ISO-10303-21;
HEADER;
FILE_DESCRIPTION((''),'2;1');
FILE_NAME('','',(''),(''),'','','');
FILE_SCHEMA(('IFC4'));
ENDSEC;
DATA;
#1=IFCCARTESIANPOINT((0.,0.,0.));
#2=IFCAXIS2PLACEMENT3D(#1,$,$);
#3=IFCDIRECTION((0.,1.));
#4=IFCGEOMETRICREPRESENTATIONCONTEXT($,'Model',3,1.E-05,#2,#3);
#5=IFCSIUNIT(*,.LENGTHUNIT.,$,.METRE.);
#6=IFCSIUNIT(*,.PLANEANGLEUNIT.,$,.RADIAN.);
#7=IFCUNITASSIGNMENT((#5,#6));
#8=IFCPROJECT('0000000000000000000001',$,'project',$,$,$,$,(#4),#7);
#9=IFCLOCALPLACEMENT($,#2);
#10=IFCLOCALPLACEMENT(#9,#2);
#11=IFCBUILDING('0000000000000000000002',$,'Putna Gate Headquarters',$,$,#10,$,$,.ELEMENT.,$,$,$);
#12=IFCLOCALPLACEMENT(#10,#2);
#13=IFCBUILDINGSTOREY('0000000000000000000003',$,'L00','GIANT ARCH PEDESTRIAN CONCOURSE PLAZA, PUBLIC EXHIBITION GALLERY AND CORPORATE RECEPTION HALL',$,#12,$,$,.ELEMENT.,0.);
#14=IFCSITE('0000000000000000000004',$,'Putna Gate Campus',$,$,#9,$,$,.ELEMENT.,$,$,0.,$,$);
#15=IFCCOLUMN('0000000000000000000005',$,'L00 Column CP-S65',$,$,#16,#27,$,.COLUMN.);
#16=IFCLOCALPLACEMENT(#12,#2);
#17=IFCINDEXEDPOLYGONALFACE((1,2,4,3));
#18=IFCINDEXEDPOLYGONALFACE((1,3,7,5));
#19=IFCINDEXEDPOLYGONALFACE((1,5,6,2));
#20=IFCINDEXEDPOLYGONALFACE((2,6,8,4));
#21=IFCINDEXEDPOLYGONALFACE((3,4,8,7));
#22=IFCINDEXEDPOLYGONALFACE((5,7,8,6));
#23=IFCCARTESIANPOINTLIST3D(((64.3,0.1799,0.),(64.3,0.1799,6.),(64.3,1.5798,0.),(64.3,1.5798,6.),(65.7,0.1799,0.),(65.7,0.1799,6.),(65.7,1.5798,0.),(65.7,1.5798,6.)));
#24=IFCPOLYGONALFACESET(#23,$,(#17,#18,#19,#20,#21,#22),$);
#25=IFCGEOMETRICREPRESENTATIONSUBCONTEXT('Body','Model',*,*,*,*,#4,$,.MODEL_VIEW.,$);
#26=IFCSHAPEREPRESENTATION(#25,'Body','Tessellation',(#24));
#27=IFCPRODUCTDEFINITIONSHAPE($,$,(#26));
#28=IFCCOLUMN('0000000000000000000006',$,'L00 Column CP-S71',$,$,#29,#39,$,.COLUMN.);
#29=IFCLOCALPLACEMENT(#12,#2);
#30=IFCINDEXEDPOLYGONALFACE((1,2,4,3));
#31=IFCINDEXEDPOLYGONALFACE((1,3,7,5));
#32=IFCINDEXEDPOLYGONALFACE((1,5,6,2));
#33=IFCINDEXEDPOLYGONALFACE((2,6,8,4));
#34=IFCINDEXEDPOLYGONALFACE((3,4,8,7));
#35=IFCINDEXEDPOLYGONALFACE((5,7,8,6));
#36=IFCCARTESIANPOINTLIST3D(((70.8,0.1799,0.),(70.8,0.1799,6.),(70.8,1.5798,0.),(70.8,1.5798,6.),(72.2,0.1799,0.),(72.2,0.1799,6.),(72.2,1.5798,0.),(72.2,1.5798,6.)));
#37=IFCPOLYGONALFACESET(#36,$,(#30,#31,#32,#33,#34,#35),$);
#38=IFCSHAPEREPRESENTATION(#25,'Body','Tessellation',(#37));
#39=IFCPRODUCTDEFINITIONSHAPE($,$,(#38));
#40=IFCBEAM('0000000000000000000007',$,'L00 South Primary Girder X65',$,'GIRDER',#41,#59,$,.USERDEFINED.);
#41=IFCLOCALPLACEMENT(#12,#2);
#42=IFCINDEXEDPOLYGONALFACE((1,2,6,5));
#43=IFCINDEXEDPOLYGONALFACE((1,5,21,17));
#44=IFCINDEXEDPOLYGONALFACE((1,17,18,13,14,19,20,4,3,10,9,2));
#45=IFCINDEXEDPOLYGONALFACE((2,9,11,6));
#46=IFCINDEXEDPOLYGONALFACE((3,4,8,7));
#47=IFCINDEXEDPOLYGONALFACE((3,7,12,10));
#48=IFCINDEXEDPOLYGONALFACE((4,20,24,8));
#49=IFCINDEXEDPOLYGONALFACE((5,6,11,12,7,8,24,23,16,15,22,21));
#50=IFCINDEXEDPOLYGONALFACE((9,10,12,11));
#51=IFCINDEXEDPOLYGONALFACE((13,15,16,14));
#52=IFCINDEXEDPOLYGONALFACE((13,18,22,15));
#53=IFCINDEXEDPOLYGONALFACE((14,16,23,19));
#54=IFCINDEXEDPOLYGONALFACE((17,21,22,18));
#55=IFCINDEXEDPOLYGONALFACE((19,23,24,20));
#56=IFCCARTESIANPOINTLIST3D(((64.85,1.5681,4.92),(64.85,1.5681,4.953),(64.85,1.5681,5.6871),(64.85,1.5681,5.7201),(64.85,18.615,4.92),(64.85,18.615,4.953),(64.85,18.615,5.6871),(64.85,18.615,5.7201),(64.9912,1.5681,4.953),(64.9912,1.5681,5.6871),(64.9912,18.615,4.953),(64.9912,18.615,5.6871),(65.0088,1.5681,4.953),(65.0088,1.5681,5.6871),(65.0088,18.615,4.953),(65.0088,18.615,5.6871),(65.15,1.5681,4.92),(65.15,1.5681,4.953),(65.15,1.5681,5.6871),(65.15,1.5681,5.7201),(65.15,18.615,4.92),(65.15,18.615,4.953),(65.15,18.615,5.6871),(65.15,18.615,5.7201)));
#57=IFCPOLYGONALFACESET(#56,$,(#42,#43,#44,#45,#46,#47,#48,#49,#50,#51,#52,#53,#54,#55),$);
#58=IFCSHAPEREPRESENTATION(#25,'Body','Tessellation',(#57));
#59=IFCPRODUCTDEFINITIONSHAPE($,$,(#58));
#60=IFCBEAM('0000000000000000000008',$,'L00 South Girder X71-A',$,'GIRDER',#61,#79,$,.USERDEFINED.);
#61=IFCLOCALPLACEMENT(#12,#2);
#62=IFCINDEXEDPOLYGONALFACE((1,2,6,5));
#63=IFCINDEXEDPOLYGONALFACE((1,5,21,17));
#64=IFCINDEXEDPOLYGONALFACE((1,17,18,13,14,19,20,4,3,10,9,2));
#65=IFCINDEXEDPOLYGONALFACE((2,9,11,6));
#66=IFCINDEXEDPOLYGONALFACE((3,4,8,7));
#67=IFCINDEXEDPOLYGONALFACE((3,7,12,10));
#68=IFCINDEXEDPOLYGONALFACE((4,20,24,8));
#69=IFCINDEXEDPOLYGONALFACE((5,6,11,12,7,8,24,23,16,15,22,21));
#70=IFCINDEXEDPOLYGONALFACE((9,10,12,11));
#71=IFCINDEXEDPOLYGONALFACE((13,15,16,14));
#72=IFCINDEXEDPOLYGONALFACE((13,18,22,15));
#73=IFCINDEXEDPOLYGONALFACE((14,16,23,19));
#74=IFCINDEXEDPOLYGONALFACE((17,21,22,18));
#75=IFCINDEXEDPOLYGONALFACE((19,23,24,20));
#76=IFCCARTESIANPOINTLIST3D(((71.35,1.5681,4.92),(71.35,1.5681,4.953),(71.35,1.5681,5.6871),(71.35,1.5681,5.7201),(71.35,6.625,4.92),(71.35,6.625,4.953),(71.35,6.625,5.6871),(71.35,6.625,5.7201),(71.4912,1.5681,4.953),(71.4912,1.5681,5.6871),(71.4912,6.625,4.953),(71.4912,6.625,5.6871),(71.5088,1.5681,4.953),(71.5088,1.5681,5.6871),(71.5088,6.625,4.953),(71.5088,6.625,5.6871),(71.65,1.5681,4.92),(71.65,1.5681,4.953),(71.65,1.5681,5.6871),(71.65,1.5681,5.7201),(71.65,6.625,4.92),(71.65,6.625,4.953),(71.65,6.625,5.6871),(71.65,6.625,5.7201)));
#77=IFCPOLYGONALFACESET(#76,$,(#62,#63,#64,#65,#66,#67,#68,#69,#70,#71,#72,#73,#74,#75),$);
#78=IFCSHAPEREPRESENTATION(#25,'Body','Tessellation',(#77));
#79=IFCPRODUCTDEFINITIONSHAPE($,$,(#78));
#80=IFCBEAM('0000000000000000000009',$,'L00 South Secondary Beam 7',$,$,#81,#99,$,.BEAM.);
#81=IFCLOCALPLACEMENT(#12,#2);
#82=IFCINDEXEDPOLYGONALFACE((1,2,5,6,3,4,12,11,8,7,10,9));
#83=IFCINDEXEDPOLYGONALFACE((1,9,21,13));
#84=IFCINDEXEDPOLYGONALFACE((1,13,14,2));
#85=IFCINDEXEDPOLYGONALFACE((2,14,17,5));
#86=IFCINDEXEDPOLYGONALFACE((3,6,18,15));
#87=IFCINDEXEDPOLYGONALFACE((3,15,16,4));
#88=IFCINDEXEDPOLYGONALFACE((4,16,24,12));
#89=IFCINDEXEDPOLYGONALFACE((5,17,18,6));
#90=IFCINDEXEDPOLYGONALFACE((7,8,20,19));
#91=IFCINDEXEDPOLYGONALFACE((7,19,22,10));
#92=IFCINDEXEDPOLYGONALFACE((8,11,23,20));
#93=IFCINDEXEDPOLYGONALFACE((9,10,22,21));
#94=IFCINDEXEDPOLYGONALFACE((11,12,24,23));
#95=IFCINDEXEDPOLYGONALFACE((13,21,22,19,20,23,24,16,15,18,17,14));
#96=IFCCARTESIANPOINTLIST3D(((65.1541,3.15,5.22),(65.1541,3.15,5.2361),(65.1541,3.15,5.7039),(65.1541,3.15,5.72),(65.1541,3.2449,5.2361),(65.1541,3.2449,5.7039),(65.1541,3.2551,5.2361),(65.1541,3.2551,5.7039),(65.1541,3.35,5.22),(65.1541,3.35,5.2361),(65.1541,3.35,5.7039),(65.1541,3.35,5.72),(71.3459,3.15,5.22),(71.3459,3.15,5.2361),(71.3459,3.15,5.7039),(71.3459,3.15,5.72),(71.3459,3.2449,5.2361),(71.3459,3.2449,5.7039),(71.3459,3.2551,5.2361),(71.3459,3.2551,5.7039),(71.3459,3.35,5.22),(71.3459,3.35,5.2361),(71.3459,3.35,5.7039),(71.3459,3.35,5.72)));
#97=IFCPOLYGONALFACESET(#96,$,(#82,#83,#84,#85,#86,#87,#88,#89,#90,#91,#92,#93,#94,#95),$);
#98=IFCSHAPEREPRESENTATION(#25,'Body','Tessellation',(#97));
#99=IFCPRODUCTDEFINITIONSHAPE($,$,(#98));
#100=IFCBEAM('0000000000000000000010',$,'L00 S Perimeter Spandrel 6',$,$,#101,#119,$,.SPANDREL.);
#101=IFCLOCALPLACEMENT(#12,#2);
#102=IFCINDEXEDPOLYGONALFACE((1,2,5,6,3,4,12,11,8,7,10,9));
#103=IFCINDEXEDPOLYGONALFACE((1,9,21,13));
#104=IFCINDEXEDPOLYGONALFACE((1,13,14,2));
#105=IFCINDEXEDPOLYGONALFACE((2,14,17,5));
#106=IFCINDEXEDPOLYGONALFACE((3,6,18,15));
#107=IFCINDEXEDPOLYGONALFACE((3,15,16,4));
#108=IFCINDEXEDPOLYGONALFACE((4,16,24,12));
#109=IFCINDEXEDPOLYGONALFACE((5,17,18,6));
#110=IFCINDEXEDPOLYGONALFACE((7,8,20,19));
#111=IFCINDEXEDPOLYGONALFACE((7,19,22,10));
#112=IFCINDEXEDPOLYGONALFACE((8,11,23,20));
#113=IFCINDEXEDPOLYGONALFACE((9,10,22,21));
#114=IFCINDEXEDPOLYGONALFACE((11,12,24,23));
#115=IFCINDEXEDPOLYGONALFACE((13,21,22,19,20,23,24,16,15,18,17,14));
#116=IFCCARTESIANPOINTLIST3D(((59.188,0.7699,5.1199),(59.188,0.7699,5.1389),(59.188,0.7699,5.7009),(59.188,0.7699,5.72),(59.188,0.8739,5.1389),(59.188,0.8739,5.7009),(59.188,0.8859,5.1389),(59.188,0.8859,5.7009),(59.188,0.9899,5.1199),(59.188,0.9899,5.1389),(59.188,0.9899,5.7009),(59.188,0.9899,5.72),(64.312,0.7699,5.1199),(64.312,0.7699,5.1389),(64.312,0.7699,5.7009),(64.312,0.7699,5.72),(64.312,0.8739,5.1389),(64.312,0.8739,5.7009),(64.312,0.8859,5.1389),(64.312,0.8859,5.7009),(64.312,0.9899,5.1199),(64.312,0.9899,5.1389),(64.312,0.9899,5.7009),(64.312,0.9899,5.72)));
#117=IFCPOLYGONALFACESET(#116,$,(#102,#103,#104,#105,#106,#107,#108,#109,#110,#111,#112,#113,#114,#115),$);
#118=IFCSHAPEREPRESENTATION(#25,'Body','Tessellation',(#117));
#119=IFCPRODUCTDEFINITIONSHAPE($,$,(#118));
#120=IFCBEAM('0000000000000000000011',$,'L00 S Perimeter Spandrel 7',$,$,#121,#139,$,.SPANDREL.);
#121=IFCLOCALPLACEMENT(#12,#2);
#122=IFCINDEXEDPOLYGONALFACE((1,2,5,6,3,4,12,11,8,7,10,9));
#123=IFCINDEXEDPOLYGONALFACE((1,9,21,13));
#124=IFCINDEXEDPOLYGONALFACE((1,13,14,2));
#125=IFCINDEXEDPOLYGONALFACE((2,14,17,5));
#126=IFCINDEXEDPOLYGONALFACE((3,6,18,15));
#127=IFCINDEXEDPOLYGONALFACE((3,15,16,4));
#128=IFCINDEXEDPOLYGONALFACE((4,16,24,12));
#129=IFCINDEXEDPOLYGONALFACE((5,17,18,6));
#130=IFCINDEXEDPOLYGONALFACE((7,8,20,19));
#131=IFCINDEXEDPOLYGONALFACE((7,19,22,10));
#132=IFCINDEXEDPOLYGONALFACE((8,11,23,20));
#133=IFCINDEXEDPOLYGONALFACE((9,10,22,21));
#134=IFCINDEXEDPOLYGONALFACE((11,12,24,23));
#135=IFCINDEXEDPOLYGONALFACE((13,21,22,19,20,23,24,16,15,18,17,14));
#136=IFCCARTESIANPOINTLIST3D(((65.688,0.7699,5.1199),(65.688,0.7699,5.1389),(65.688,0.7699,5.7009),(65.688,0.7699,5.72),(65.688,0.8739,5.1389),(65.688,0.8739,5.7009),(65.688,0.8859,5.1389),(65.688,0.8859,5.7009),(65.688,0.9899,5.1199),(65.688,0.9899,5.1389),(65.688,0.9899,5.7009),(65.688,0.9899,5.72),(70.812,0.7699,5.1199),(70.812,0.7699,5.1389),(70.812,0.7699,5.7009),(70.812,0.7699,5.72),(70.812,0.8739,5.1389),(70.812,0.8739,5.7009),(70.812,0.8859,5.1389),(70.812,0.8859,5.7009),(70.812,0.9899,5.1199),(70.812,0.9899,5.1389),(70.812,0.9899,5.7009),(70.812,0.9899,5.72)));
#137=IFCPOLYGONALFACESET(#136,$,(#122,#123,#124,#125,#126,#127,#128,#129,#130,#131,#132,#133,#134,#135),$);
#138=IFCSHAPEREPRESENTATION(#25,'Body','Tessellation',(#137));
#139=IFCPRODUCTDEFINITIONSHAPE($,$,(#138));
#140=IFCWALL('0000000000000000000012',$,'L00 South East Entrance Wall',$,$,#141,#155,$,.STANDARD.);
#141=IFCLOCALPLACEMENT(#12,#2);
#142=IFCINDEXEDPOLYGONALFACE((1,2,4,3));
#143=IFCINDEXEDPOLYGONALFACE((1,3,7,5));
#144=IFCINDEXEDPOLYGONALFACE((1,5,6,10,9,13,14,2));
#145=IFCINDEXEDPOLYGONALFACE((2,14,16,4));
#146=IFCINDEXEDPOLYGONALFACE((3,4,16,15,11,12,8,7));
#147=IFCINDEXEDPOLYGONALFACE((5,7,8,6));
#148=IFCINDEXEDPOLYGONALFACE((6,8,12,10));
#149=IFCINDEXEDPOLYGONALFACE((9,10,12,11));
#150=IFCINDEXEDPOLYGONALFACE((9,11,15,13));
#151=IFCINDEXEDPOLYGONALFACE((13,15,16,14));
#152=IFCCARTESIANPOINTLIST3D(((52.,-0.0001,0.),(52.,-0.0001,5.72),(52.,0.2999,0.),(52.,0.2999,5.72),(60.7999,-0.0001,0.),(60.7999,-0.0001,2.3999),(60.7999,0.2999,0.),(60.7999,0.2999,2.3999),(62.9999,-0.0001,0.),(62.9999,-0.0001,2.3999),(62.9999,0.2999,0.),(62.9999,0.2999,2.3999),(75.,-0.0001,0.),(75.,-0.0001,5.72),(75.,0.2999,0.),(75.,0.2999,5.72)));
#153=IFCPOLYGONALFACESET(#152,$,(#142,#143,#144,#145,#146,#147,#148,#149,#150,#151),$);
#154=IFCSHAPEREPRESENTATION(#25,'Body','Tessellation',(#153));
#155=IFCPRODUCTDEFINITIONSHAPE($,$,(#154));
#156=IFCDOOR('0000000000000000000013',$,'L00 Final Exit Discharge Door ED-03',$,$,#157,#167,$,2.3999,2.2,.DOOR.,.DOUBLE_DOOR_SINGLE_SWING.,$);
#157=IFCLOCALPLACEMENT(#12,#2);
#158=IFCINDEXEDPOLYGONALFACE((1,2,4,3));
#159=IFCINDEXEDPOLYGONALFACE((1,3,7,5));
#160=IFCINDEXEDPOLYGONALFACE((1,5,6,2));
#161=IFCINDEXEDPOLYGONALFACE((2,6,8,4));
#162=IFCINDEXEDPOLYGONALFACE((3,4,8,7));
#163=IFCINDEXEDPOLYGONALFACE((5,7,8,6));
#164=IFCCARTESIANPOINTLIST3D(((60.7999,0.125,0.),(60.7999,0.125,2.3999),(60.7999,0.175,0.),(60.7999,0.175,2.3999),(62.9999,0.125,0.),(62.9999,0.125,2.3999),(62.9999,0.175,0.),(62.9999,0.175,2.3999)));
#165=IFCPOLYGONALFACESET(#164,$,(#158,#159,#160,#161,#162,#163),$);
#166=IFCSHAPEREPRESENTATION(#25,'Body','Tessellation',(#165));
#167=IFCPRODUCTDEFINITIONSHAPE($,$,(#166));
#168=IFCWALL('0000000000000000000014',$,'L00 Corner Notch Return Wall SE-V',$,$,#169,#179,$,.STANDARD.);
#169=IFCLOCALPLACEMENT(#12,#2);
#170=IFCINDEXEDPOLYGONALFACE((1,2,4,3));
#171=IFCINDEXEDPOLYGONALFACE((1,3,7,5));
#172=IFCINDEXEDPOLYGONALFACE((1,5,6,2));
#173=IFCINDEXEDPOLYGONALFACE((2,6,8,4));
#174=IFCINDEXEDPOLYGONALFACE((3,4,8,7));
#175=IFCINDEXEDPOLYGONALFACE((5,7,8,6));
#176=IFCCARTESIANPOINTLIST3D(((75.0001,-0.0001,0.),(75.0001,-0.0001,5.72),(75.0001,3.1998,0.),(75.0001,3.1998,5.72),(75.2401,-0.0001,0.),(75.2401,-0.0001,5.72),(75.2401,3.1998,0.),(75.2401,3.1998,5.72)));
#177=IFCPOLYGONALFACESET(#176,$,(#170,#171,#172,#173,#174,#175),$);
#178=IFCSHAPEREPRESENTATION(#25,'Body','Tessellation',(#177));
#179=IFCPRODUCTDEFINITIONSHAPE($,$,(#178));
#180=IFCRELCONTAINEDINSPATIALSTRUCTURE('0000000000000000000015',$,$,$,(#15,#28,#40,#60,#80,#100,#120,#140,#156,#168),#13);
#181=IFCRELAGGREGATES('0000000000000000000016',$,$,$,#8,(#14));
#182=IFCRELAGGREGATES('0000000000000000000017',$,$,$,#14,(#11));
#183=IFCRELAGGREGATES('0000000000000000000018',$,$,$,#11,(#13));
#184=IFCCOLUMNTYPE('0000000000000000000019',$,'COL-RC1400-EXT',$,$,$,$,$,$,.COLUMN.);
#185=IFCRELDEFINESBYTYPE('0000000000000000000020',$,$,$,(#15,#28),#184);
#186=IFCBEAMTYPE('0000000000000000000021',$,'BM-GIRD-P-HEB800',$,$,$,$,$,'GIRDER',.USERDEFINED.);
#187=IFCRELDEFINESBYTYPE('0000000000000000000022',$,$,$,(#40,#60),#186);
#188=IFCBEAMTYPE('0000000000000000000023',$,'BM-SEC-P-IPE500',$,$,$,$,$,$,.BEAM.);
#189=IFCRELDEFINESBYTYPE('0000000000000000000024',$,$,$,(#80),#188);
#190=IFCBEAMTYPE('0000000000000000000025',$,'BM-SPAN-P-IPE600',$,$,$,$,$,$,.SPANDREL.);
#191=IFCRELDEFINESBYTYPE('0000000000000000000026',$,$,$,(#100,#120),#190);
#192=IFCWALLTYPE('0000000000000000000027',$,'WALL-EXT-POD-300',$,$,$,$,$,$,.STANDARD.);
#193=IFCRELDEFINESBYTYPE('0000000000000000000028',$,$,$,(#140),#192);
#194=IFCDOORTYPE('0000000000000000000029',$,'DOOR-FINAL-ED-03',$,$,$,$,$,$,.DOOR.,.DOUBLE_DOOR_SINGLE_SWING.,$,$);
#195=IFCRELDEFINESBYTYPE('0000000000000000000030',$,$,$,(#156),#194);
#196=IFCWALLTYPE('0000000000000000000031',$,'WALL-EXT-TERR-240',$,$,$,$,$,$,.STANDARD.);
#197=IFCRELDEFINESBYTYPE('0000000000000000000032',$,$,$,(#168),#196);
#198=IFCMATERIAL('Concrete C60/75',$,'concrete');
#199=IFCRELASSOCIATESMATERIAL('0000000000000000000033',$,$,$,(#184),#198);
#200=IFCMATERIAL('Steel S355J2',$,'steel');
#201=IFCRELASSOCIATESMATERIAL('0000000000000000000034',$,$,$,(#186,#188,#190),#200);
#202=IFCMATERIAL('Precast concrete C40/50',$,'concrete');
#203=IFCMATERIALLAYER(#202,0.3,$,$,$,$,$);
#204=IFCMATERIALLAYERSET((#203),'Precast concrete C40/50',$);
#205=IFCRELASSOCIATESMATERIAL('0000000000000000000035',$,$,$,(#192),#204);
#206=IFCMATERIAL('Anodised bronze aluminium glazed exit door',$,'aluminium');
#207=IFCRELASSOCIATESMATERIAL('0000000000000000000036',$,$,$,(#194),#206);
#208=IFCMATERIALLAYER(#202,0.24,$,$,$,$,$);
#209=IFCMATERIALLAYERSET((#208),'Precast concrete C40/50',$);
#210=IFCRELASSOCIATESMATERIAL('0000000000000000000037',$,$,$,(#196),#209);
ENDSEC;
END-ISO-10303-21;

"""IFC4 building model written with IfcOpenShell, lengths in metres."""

from ifc_helpers import new_model, si_unit, direction, frame, frame_2d, origin, origin_2d, place, context, subcontext, project, spatial, rectangle, i_section, extrude, material, layer, layer_set, material_profile, profile_set, type_object, element, fill, save


model = new_model("IFC4")

# Units and contexts
model_context = context("Model", 3, precision=1e-05, world=origin(), true_north=direction((0.0, 1.0)))
body_context = subcontext(model_context, "Body", "Model", "MODEL_VIEW")
ifc_project = project(units=[si_unit("LENGTHUNIT", "METRE"), si_unit("PLANEANGLEUNIT", "RADIAN")], contexts=[model_context])

# Site, building, storey
site_placement = place(None, origin())
site = spatial("IfcSite", under=ifc_project, at=site_placement, Name="Putna Gate Campus", CompositionType="ELEMENT", RefElevation=0.0)
building_placement = place(site_placement, origin())
building = spatial("IfcBuilding", under=site, at=building_placement, Name="Putna Gate Headquarters", CompositionType="ELEMENT")
storey_placement = place(building_placement, origin())
storey = spatial("IfcBuildingStorey", under=building, at=storey_placement, Name="L00", Description="GIANT ARCH PEDESTRIAN CONCOURSE PLAZA, PUBLIC EXHIBITION GALLERY AND CORPORATE RECEPTION HALL", CompositionType="ELEMENT", Elevation=0.0)

# Columns
ifc_material_1 = material(Name="Concrete C60/75", Category="concrete")
ifc_material_profile_1 = material_profile(ifc_material_1, rectangle(XDim=1.3999, YDim=1.3999, at=origin_2d()), Name="Concrete C60/75")
ifc_profile_set_1 = profile_set([ifc_material_profile_1], Name="Concrete C60/75")
column_type = type_object("IfcColumnType", Name="COL-RC1400-EXT", PredefinedType="COLUMN", material=ifc_profile_set_1)
for number, where, z_axis, x_axis, name in (
    (1, (65.0, 0.8799, 0.0), (0.0, 0.0, 1.0), (1.0, 0.0, 0.0), "L00 Column CP-S65"),
    (2, (71.5, 0.8799, 0.0), (0.0, 0.0, 1.0), (1.0, 0.0, 0.0), "L00 Column CP-S71"),
):
    element("IfcColumn", number, at=place(storey_placement, frame(where, z_axis=z_axis, x_axis=x_axis)), inside=storey, type_object=column_type, Name=name, PredefinedType="COLUMN", context=body_context, shape_type="SweptSolid", body=[
        extrude(rectangle(XDim=1.3999, YDim=1.3999, at=origin_2d()), origin(), (0.0, 0.0, 1.0), 6.0),
    ])

# Beams
ifc_material_2 = material(Name="Steel S355J2", Category="steel")
ifc_material_profile_2 = material_profile(ifc_material_2, i_section(OverallWidth=0.3, OverallDepth=0.8, WebThickness=0.0176, FlangeThickness=0.033, at=origin_2d()), Name="Steel S355J2")
ifc_profile_set_2 = profile_set([ifc_material_profile_2], Name="Steel S355J2")
beam_type_1 = type_object("IfcBeamType", Name="BM-GIRD-P-HEB800", ElementType="GIRDER", PredefinedType="USERDEFINED", material=ifc_profile_set_2)
beam_1_placement = place(storey_placement, frame((65.0, 1.5681, 5.3201), z_axis=(0.0, 1.0, 0.0), x_axis=(-1.0, 0.0, 0.0)))
element("IfcBeam", 3, at=beam_1_placement, inside=storey, type_object=beam_type_1, Name="L00 South Primary Girder X65", ObjectType="GIRDER", PredefinedType="USERDEFINED", context=body_context, shape_type="SweptSolid", body=[
    extrude(i_section(OverallWidth=0.3, OverallDepth=0.8, WebThickness=0.0176, FlangeThickness=0.033, at=origin_2d()), origin(), (0.0, 0.0, 1.0), 17.0469),
])
beam_2_placement = place(storey_placement, frame((71.5, 1.5681, 5.3201), z_axis=(0.0, 1.0, 0.0), x_axis=(-1.0, 0.0, 0.0)))
element("IfcBeam", 4, at=beam_2_placement, inside=storey, type_object=beam_type_1, Name="L00 South Girder X71-A", ObjectType="GIRDER", PredefinedType="USERDEFINED", context=body_context, shape_type="SweptSolid", body=[
    extrude(i_section(OverallWidth=0.3, OverallDepth=0.8, WebThickness=0.0176, FlangeThickness=0.033, at=origin_2d()), origin(), (0.0, 0.0, 1.0), 5.0569),
])
ifc_material_profile_3 = material_profile(ifc_material_2, i_section(OverallWidth=0.2, OverallDepth=0.5, WebThickness=0.0103, FlangeThickness=0.0161, at=origin_2d()), Name="Steel S355J2")
ifc_profile_set_3 = profile_set([ifc_material_profile_3], Name="Steel S355J2")
beam_type_2 = type_object("IfcBeamType", Name="BM-SEC-P-IPE500", PredefinedType="BEAM", material=ifc_profile_set_3)
beam_3_placement = place(storey_placement, frame((65.1541, 3.25, 5.47), z_axis=(1.0, 0.0, 0.0), x_axis=(0.0, 1.0, 0.0)))
element("IfcBeam", 5, at=beam_3_placement, inside=storey, type_object=beam_type_2, Name="L00 South Secondary Beam 7", PredefinedType="BEAM", context=body_context, shape_type="SweptSolid", body=[
    extrude(i_section(OverallWidth=0.2, OverallDepth=0.5, WebThickness=0.0103, FlangeThickness=0.0161, at=origin_2d()), origin(), (0.0, 0.0, 1.0), 6.1919),
])
ifc_material_profile_4 = material_profile(ifc_material_2, i_section(OverallWidth=0.22, OverallDepth=0.6001, WebThickness=0.012, FlangeThickness=0.019, at=origin_2d()), Name="Steel S355J2")
ifc_profile_set_4 = profile_set([ifc_material_profile_4], Name="Steel S355J2")
beam_type_3 = type_object("IfcBeamType", Name="BM-SPAN-P-IPE600", PredefinedType="SPANDREL", material=ifc_profile_set_4)
for number, where, z_axis, x_axis, name in (
    (6, (59.188, 0.8799, 5.4199), (1.0, 0.0, 0.0), (0.0, 1.0, 0.0), "L00 S Perimeter Spandrel 6"),
    (7, (65.688, 0.8799, 5.4199), (1.0, 0.0, 0.0), (0.0, 1.0, 0.0), "L00 S Perimeter Spandrel 7"),
):
    element("IfcBeam", number, at=place(storey_placement, frame(where, z_axis=z_axis, x_axis=x_axis)), inside=storey, type_object=beam_type_3, Name=name, PredefinedType="SPANDREL", context=body_context, shape_type="SweptSolid", body=[
        extrude(i_section(OverallWidth=0.22, OverallDepth=0.6001, WebThickness=0.012, FlangeThickness=0.019, at=origin_2d()), origin(), (0.0, 0.0, 1.0), 5.124),
    ])

# Wall, opening, door
ifc_material_3 = material(Name="Precast concrete C40/50", Category="concrete")
ifc_layer_1 = layer(ifc_material_3, 0.3)
ifc_layer_set_1 = layer_set([ifc_layer_1], Name="Precast concrete C40/50")
wall_type_1 = type_object("IfcWallType", Name="WALL-EXT-POD-300", PredefinedType="STANDARD", material=ifc_layer_set_1)
wall_1_placement = place(storey_placement, frame((75.0, 0.1499, 0.0), z_axis=(0.0, 0.0, 1.0), x_axis=(-1.0, 0.0, 0.0)))
wall_1 = element("IfcWall", 8, at=wall_1_placement, inside=storey, type_object=wall_type_1, Name="L00 South East Entrance Wall", PredefinedType="STANDARD", context=body_context, shape_type="SweptSolid", body=[
    extrude(rectangle(XDim=23.0, YDim=0.3, at=frame_2d((11.5, 0.0))), origin(), (0.0, 0.0, 1.0), 5.72),
])
opening_1_placement = place(wall_1_placement, frame((12.0, 0.0, 0.0)))
opening_1 = element("IfcOpeningElement", 9, at=opening_1_placement, cuts=wall_1, PredefinedType="OPENING", context=body_context, shape_type="SweptSolid", body=[
    extrude(rectangle(XDim=2.2, YDim=2.3999, at=frame_2d((1.1001, 1.2))), frame((0.0, 0.1599, 0.0), z_axis=(0.0, -1.0, 0.0), x_axis=(1.0, 0.0, 0.0)), (0.0, 0.0, 1.0), 0.3201),
])
ifc_material_4 = material(Name="Anodised bronze aluminium glazed exit door", Category="aluminium")
door_type_1 = type_object("IfcDoorType", Name="DOOR-FINAL-ED-03", OperationType="DOUBLE_DOOR_SINGLE_SWING", PredefinedType="DOOR", material=ifc_material_4)
door_1_placement = place(opening_1_placement, origin())
door_1 = element("IfcDoor", 10, at=door_1_placement, inside=storey, type_object=door_type_1, Name="L00 Final Exit Discharge Door ED-03", OperationType="DOUBLE_DOOR_SINGLE_SWING", OverallHeight=2.3999, OverallWidth=2.2, PredefinedType="DOOR", context=body_context, shape_type="SweptSolid", body=[
    extrude(rectangle(XDim=2.2, YDim=2.3999, at=frame_2d((1.1001, 1.2))), frame((0.0, 0.0249, 0.0), z_axis=(0.0, -1.0, 0.0), x_axis=(1.0, 0.0, 0.0)), (0.0, 0.0, 1.0), 0.05),
])
fill(opening_1, door_1)

# Wall
ifc_layer_2 = layer(ifc_material_3, 0.24)
ifc_layer_set_2 = layer_set([ifc_layer_2], Name="Precast concrete C40/50")
wall_type_2 = type_object("IfcWallType", Name="WALL-EXT-TERR-240", PredefinedType="STANDARD", material=ifc_layer_set_2)
for number, where, z_axis, x_axis, name in (
    (11, (75.1201, 3.2, 0.0), (0.0, 0.0, 1.0), (0.0, -1.0, 0.0), "L00 Corner Notch Return Wall SE-V"),
):
    element("IfcWall", number, at=place(storey_placement, frame(where, z_axis=z_axis, x_axis=x_axis)), inside=storey, type_object=wall_type_2, Name=name, PredefinedType="STANDARD", context=body_context, shape_type="SweptSolid", body=[
        extrude(rectangle(XDim=3.2, YDim=0.24, at=frame_2d((1.6001, 0.0))), origin(), (0.0, 0.0, 1.0), 5.72),
    ])

save(model, "model.ifc")
